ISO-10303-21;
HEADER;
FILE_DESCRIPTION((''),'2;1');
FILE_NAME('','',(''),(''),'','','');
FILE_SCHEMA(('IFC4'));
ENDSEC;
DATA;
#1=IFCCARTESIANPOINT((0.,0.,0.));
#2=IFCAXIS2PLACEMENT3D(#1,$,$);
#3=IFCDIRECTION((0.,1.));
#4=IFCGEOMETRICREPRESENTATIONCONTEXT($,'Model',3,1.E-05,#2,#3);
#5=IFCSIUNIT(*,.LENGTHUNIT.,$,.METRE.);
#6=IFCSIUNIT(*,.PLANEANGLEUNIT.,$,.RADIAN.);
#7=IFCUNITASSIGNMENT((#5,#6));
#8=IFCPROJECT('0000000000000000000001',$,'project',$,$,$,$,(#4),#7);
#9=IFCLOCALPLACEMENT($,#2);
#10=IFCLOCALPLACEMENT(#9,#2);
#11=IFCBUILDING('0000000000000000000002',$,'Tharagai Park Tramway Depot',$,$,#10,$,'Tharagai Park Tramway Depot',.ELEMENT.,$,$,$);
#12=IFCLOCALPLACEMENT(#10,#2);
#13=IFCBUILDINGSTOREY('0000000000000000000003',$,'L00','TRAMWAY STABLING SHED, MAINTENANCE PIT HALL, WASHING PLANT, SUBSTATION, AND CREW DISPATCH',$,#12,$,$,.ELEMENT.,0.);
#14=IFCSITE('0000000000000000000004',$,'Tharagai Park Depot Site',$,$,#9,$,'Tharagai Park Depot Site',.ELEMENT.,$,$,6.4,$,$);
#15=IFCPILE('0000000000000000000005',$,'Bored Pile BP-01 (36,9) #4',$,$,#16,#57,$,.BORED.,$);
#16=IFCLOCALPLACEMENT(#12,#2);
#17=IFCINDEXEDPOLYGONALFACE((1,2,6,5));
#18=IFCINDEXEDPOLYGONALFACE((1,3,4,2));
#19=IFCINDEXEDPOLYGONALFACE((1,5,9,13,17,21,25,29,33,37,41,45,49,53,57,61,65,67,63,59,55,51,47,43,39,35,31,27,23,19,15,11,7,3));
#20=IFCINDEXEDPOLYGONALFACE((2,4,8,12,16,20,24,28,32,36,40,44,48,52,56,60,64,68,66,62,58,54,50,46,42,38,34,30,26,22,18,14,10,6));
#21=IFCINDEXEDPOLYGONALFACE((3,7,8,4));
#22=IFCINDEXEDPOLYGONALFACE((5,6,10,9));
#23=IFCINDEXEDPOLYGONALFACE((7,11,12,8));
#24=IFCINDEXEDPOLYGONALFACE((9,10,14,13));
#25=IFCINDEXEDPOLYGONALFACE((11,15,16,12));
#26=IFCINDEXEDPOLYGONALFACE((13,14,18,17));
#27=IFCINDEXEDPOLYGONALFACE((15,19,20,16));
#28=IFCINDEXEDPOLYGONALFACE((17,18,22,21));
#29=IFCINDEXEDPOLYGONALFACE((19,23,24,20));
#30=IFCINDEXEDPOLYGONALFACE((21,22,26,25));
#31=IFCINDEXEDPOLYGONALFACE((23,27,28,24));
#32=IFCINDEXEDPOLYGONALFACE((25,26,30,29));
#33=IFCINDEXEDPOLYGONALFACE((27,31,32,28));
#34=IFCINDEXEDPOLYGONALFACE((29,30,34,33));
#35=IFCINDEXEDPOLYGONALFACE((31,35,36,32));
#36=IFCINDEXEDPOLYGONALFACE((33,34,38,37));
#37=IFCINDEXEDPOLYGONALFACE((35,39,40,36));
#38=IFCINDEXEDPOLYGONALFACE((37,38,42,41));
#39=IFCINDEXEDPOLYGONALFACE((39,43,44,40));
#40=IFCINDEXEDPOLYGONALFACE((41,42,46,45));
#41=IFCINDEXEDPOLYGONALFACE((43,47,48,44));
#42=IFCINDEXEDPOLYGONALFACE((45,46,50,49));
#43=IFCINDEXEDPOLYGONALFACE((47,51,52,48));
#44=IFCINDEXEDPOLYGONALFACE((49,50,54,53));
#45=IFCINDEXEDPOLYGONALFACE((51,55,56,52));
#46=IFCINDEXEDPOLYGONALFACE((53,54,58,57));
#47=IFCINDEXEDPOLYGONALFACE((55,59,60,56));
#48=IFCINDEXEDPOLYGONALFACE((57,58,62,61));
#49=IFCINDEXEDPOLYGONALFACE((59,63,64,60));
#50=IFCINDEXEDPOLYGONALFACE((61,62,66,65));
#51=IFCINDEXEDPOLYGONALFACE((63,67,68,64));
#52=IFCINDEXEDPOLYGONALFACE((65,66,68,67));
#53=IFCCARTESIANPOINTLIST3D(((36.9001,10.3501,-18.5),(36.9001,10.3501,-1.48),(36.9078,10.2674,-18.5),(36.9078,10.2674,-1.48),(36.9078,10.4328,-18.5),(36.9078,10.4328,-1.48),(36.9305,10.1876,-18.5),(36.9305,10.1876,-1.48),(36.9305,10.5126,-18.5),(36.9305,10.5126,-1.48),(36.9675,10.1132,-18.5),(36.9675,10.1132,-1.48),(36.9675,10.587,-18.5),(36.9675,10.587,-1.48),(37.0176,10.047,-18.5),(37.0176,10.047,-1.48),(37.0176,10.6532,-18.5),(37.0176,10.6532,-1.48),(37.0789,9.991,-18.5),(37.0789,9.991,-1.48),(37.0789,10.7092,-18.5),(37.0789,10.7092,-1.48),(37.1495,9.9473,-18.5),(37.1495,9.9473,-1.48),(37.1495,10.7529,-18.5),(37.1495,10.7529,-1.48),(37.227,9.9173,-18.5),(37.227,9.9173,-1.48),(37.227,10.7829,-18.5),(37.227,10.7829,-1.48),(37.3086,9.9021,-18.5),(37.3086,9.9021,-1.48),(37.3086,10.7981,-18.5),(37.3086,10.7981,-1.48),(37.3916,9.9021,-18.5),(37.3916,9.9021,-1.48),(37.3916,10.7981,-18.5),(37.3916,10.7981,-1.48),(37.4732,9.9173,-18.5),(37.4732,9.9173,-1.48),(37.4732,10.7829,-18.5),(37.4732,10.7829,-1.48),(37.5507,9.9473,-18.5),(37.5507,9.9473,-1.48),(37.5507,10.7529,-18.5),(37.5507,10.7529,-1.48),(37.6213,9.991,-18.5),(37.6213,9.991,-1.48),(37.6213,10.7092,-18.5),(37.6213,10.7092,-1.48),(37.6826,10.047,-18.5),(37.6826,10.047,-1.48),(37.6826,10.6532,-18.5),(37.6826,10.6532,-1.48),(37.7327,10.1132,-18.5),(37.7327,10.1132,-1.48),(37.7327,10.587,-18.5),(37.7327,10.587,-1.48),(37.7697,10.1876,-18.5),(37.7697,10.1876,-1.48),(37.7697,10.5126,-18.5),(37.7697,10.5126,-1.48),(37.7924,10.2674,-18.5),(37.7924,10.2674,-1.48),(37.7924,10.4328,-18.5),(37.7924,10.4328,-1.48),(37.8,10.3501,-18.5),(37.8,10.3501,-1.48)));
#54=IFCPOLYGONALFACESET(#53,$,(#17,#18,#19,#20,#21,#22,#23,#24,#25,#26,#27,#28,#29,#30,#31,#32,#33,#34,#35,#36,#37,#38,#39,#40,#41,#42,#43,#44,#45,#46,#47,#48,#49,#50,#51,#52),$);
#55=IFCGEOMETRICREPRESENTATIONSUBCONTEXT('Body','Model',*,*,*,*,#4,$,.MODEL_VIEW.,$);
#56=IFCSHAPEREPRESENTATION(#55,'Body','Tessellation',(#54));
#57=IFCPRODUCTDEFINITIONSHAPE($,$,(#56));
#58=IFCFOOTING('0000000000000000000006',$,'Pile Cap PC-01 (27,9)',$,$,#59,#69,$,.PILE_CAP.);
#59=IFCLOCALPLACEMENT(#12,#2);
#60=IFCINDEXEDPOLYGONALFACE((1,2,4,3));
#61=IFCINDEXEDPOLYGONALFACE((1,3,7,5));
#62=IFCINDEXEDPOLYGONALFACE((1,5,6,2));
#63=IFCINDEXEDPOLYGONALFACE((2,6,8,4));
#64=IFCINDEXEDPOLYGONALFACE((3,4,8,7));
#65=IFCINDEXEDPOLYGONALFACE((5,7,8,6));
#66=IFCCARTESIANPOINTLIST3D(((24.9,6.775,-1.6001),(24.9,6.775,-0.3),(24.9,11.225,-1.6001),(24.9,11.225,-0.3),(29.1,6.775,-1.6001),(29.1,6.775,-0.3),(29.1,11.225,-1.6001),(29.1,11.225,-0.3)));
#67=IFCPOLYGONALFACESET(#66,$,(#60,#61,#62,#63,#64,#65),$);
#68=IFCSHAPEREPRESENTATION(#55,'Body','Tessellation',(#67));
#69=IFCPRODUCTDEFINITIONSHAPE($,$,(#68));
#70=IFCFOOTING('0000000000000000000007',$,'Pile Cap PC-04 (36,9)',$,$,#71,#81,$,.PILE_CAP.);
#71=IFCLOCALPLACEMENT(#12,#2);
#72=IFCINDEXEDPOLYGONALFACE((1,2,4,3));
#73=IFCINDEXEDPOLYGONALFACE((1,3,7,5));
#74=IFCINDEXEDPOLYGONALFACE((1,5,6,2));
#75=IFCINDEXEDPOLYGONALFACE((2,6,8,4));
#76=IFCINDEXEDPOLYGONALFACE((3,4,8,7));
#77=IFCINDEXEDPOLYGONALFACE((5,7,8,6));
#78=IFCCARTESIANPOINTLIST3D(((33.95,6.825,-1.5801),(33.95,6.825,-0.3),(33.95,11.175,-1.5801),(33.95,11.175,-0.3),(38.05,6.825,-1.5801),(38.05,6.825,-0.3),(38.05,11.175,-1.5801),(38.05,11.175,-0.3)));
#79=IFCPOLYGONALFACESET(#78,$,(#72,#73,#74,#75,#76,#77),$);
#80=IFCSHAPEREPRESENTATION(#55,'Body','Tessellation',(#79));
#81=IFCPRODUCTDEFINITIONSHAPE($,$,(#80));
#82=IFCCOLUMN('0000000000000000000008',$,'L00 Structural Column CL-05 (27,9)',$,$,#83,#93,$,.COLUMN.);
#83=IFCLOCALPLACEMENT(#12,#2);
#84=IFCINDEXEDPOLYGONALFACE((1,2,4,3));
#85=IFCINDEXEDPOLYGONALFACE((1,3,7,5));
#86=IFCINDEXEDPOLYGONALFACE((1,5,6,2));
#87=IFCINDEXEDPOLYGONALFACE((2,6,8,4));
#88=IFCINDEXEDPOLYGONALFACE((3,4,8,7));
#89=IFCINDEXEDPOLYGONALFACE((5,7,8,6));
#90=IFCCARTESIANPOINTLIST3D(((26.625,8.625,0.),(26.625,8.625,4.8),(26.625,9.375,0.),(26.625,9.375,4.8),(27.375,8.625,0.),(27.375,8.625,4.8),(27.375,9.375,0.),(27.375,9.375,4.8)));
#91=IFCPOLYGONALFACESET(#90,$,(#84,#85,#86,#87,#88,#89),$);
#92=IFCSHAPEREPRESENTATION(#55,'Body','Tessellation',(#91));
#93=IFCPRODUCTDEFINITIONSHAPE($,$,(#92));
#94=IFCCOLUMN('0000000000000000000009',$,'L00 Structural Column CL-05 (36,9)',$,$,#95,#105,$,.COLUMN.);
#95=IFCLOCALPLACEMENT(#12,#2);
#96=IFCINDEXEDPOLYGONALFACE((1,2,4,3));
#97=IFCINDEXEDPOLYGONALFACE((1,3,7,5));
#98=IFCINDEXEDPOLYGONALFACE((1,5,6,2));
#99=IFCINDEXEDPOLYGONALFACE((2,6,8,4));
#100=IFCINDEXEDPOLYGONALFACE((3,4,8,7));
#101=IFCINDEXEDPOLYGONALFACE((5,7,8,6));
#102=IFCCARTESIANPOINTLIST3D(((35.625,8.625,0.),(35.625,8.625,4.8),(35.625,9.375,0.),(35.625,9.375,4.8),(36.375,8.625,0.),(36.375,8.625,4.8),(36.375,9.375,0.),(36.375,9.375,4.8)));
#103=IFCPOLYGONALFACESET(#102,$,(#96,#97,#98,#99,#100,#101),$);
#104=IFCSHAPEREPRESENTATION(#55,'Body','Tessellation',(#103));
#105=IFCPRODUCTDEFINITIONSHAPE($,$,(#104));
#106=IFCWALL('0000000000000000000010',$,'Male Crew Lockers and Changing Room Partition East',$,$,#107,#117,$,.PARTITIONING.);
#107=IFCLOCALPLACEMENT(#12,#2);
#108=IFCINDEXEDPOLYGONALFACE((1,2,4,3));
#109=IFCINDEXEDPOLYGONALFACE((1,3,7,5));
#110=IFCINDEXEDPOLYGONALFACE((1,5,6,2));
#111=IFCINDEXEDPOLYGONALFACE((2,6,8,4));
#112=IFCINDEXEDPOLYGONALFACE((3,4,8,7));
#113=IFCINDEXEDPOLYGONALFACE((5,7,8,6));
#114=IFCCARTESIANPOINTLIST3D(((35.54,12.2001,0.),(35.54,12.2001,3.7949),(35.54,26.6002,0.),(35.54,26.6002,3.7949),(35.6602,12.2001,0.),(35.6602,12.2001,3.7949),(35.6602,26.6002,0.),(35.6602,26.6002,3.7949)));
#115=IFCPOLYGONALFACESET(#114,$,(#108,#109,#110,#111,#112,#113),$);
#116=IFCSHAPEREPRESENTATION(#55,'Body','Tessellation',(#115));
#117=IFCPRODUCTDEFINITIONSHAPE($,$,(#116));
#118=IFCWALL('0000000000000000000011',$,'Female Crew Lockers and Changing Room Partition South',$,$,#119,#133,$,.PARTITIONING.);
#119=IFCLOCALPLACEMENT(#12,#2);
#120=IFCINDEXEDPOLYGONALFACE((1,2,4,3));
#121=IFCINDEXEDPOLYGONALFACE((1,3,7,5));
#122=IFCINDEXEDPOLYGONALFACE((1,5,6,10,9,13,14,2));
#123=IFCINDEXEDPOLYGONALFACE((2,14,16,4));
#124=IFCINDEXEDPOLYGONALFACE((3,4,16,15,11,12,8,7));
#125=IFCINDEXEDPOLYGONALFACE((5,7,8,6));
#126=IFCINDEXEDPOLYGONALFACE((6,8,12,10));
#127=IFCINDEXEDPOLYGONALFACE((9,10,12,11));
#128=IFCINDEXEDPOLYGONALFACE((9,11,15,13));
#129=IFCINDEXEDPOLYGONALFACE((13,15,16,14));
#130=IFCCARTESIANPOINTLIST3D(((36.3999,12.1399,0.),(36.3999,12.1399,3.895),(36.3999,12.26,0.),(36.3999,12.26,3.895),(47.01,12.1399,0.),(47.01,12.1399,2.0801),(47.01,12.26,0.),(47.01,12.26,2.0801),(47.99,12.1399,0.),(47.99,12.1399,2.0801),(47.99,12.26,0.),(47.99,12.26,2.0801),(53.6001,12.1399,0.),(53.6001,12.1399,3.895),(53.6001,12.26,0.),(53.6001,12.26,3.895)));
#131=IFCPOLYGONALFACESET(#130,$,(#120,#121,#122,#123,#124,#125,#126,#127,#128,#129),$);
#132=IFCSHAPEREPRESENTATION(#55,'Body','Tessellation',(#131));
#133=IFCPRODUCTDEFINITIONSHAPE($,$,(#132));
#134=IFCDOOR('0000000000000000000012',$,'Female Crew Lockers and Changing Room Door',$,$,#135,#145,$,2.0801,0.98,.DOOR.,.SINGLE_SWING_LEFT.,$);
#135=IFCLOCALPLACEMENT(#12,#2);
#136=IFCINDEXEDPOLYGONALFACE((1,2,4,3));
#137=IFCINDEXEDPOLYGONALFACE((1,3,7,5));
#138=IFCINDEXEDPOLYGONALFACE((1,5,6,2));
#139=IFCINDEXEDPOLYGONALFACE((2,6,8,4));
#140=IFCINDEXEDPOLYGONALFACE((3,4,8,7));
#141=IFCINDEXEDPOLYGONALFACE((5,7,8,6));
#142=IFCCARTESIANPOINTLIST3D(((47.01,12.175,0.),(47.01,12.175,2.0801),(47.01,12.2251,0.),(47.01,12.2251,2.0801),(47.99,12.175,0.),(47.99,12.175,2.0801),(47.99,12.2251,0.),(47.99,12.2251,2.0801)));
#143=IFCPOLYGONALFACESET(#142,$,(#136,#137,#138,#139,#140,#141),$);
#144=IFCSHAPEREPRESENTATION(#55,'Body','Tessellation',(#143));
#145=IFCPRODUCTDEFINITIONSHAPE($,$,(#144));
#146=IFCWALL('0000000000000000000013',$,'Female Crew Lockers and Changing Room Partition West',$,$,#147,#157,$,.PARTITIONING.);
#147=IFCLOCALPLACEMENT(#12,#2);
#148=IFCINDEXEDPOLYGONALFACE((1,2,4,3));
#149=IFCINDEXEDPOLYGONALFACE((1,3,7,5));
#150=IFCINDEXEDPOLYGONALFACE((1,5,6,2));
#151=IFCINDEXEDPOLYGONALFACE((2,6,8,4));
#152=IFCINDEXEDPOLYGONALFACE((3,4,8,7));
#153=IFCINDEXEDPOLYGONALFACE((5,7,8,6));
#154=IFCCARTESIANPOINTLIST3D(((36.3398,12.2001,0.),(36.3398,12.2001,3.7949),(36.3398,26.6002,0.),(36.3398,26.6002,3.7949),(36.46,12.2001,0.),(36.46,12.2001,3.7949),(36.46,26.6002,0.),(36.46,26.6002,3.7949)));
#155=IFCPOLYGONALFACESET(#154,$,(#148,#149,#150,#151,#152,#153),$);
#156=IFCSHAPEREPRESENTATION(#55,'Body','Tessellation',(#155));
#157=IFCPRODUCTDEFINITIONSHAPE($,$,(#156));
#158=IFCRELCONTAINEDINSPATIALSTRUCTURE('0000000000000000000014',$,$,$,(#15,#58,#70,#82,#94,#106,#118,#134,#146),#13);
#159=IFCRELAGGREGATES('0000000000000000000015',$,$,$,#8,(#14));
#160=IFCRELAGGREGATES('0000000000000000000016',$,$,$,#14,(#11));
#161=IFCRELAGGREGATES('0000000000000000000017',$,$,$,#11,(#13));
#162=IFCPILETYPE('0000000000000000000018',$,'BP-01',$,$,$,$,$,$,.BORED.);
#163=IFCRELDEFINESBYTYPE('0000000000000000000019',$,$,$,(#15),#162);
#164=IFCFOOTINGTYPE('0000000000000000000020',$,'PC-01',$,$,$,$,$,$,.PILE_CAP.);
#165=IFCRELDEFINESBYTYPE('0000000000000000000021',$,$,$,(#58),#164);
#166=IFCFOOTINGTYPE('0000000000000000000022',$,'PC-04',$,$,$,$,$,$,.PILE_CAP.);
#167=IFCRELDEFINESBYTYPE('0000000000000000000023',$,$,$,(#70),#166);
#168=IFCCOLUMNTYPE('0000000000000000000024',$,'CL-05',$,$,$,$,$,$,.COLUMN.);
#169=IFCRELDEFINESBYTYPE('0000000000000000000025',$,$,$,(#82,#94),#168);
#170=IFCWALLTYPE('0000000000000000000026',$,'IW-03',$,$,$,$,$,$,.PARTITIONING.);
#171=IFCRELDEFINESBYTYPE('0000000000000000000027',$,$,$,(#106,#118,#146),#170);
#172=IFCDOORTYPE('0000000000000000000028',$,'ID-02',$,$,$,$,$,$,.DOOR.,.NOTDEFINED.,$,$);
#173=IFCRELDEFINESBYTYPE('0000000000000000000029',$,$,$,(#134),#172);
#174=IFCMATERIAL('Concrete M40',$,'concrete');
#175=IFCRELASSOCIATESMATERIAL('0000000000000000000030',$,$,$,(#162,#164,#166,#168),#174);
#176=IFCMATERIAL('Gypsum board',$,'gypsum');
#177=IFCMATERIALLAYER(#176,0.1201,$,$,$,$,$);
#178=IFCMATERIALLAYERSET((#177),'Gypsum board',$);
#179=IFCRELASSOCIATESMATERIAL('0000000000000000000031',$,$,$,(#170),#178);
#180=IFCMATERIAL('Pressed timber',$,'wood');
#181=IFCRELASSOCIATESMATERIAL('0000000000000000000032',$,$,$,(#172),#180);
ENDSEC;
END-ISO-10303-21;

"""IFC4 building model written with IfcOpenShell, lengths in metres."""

from ifc_helpers import new_model, si_unit, direction, frame, frame_2d, origin, origin_2d, place, context, subcontext, project, spatial, rectangle, circle, extrude, material, layer, layer_set, material_profile, profile_set, type_object, element, fill, save


model = new_model("IFC4")

# Units and contexts
model_context = context("Model", 3, precision=1e-05, world=origin(), true_north=direction((0.0, 1.0)))
body_context = subcontext(model_context, "Body", "Model", "MODEL_VIEW")
ifc_project = project(units=[si_unit("LENGTHUNIT", "METRE"), si_unit("PLANEANGLEUNIT", "RADIAN")], contexts=[model_context])

# Site, building, storey
site_placement = place(None, origin())
site = spatial("IfcSite", under=ifc_project, at=site_placement, Name="Tharagai Park Depot Site", LongName="Tharagai Park Depot Site", CompositionType="ELEMENT", RefElevation=6.4)
building_placement = place(site_placement, origin())
building = spatial("IfcBuilding", under=site, at=building_placement, Name="Tharagai Park Tramway Depot", LongName="Tharagai Park Tramway Depot", CompositionType="ELEMENT")
storey_placement = place(building_placement, origin())
storey = spatial("IfcBuildingStorey", under=building, at=storey_placement, Name="L00", Description="TRAMWAY STABLING SHED, MAINTENANCE PIT HALL, WASHING PLANT, SUBSTATION, AND CREW DISPATCH", CompositionType="ELEMENT", Elevation=0.0)

# Pile
ifc_material_1 = material(Name="Concrete M40", Category="concrete")
ifc_material_profile_1 = material_profile(ifc_material_1, circle(Radius=0.45, at=origin_2d()), Name="PILE D900")
ifc_profile_set_1 = profile_set([ifc_material_profile_1], Name="Concrete M40")
pile_type = type_object("IfcPileType", Name="BP-01", PredefinedType="BORED", material=ifc_profile_set_1)
for number, where, z_axis, x_axis, name in (
    (1, (37.3501, 10.3501, -1.48), (0.0, 0.0, -1.0), (1.0, 0.0, 0.0), "Bored Pile BP-01 (36,9) #4"),
):
    element("IfcPile", number, at=place(storey_placement, frame(where, z_axis=z_axis, x_axis=x_axis)), inside=storey, type_object=pile_type, Name=name, PredefinedType="BORED", context=body_context, shape_type="SweptSolid", body=[
        extrude(circle(Radius=0.45, at=origin_2d()), origin(), (0.0, 0.0, 1.0), 17.02),
    ])

# Footings
footing_type_1 = type_object("IfcFootingType", Name="PC-01", PredefinedType="PILE_CAP", material=ifc_material_1)
footing_1_placement = place(storey_placement, frame((27.0, 9.0, -1.6001), z_axis=(0.0, 0.0, 1.0), x_axis=(1.0, 0.0, 0.0)))
element("IfcFooting", 2, at=footing_1_placement, inside=storey, type_object=footing_type_1, Name="Pile Cap PC-01 (27,9)", PredefinedType="PILE_CAP", context=body_context, shape_type="SweptSolid", body=[
    extrude(rectangle(XDim=4.2, YDim=4.45, at=origin_2d()), origin(), (0.0, 0.0, 1.0), 1.3),
])
footing_type_2 = type_object("IfcFootingType", Name="PC-04", PredefinedType="PILE_CAP", material=ifc_material_1)
footing_2_placement = place(storey_placement, frame((36.0, 9.0, -1.5801), z_axis=(0.0, 0.0, 1.0), x_axis=(1.0, 0.0, 0.0)))
element("IfcFooting", 3, at=footing_2_placement, inside=storey, type_object=footing_type_2, Name="Pile Cap PC-04 (36,9)", PredefinedType="PILE_CAP", context=body_context, shape_type="SweptSolid", body=[
    extrude(rectangle(XDim=4.1001, YDim=4.3501, at=origin_2d()), origin(), (0.0, 0.0, 1.0), 1.28),
])

# Columns
ifc_material_profile_2 = material_profile(ifc_material_1, rectangle(XDim=0.75, YDim=0.75, at=origin_2d()), Name="RC 750x750")
ifc_profile_set_2 = profile_set([ifc_material_profile_2], Name="Concrete M40")
column_type = type_object("IfcColumnType", Name="CL-05", PredefinedType="COLUMN", material=ifc_profile_set_2)
for number, where, z_axis, x_axis, name in (
    (4, (27.0, 9.0, 0.0), (0.0, 0.0, 1.0), (1.0, 0.0, 0.0), "L00 Structural Column CL-05 (27,9)"),
    (5, (36.0, 9.0, 0.0), (0.0, 0.0, 1.0), (1.0, 0.0, 0.0), "L00 Structural Column CL-05 (36,9)"),
):
    element("IfcColumn", number, at=place(storey_placement, frame(where, z_axis=z_axis, x_axis=x_axis)), inside=storey, type_object=column_type, Name=name, PredefinedType="COLUMN", context=body_context, shape_type="SweptSolid", body=[
        extrude(rectangle(XDim=0.75, YDim=0.75, at=origin_2d()), origin(), (0.0, 0.0, 1.0), 4.8),
    ])

# Wall
ifc_material_2 = material(Name="Gypsum board", Category="gypsum")
ifc_layer_1 = layer(ifc_material_2, 0.1201)
ifc_layer_set_1 = layer_set([ifc_layer_1], Name="Gypsum board")
wall_type_1 = type_object("IfcWallType", Name="IW-03", PredefinedType="PARTITIONING", material=ifc_layer_set_1)
wall_1_placement = place(storey_placement, frame((35.6001, 12.2, 0.0), z_axis=(0.0, 0.0, 1.0), x_axis=(0.0, 1.0, 0.0)))
element("IfcWall", 6, at=wall_1_placement, inside=storey, type_object=wall_type_1, Name="Male Crew Lockers and Changing Room Partition East", PredefinedType="PARTITIONING", context=body_context, shape_type="SweptSolid", body=[
    extrude(rectangle(XDim=14.4001, YDim=0.1201, at=frame_2d((7.2002, 0.0))), origin(), (0.0, 0.0, 1.0), 3.7949),
])

# Wall, opening, door
wall_2_placement = place(storey_placement, frame((36.3999, 12.2, 0.0), z_axis=(0.0, 0.0, 1.0), x_axis=(1.0, 0.0, 0.0)))
wall_2 = element("IfcWall", 7, at=wall_2_placement, inside=storey, type_object=wall_type_1, Name="Female Crew Lockers and Changing Room Partition South", PredefinedType="PARTITIONING", context=body_context, shape_type="SweptSolid", body=[
    extrude(rectangle(XDim=17.2002, YDim=0.1201, at=frame_2d((8.6001, 0.0))), origin(), (0.0, 0.0, 1.0), 3.895),
])
opening_1_placement = place(wall_2_placement, frame((10.6101, 0.0, 0.0)))
opening_1 = element("IfcOpeningElement", 8, at=opening_1_placement, cuts=wall_2, PredefinedType="OPENING", context=body_context, shape_type="SweptSolid", body=[
    extrude(rectangle(XDim=0.98, YDim=2.0801, at=frame_2d((0.49, 1.04))), frame((0.0, 0.0701, 0.0), z_axis=(0.0, -1.0, 0.0), x_axis=(1.0, 0.0, 0.0)), (0.0, 0.0, 1.0), 0.1401),
])
ifc_material_3 = material(Name="Pressed timber", Category="wood")
door_type_1 = type_object("IfcDoorType", Name="ID-02", OperationType="NOTDEFINED", PredefinedType="DOOR", material=ifc_material_3)
door_1_placement = place(opening_1_placement, frame((0.98, 0.0, 0.0), z_axis=(0.0, 0.0, 1.0), x_axis=(-1.0, 0.0, 0.0)))
door_1 = element("IfcDoor", 9, at=door_1_placement, inside=storey, type_object=door_type_1, Name="Female Crew Lockers and Changing Room Door", OperationType="SINGLE_SWING_LEFT", OverallHeight=2.0801, OverallWidth=0.98, PredefinedType="DOOR", context=body_context, shape_type="SweptSolid", body=[
    extrude(rectangle(XDim=0.98, YDim=2.0801, at=frame_2d((0.49, 1.04))), frame((0.0, 0.0249, 0.0), z_axis=(0.0, -1.0, 0.0), x_axis=(1.0, 0.0, 0.0)), (0.0, 0.0, 1.0), 0.05),
])
fill(opening_1, door_1)

# Wall
wall_3_placement = place(storey_placement, frame((36.3999, 12.2, 0.0), z_axis=(0.0, 0.0, 1.0), x_axis=(0.0, 1.0, 0.0)))
element("IfcWall", 10, at=wall_3_placement, inside=storey, type_object=wall_type_1, Name="Female Crew Lockers and Changing Room Partition West", PredefinedType="PARTITIONING", context=body_context, shape_type="SweptSolid", body=[
    extrude(rectangle(XDim=14.4001, YDim=0.1201, at=frame_2d((7.2002, 0.0))), origin(), (0.0, 0.0, 1.0), 3.7949),
])

save(model, "model.ifc")
